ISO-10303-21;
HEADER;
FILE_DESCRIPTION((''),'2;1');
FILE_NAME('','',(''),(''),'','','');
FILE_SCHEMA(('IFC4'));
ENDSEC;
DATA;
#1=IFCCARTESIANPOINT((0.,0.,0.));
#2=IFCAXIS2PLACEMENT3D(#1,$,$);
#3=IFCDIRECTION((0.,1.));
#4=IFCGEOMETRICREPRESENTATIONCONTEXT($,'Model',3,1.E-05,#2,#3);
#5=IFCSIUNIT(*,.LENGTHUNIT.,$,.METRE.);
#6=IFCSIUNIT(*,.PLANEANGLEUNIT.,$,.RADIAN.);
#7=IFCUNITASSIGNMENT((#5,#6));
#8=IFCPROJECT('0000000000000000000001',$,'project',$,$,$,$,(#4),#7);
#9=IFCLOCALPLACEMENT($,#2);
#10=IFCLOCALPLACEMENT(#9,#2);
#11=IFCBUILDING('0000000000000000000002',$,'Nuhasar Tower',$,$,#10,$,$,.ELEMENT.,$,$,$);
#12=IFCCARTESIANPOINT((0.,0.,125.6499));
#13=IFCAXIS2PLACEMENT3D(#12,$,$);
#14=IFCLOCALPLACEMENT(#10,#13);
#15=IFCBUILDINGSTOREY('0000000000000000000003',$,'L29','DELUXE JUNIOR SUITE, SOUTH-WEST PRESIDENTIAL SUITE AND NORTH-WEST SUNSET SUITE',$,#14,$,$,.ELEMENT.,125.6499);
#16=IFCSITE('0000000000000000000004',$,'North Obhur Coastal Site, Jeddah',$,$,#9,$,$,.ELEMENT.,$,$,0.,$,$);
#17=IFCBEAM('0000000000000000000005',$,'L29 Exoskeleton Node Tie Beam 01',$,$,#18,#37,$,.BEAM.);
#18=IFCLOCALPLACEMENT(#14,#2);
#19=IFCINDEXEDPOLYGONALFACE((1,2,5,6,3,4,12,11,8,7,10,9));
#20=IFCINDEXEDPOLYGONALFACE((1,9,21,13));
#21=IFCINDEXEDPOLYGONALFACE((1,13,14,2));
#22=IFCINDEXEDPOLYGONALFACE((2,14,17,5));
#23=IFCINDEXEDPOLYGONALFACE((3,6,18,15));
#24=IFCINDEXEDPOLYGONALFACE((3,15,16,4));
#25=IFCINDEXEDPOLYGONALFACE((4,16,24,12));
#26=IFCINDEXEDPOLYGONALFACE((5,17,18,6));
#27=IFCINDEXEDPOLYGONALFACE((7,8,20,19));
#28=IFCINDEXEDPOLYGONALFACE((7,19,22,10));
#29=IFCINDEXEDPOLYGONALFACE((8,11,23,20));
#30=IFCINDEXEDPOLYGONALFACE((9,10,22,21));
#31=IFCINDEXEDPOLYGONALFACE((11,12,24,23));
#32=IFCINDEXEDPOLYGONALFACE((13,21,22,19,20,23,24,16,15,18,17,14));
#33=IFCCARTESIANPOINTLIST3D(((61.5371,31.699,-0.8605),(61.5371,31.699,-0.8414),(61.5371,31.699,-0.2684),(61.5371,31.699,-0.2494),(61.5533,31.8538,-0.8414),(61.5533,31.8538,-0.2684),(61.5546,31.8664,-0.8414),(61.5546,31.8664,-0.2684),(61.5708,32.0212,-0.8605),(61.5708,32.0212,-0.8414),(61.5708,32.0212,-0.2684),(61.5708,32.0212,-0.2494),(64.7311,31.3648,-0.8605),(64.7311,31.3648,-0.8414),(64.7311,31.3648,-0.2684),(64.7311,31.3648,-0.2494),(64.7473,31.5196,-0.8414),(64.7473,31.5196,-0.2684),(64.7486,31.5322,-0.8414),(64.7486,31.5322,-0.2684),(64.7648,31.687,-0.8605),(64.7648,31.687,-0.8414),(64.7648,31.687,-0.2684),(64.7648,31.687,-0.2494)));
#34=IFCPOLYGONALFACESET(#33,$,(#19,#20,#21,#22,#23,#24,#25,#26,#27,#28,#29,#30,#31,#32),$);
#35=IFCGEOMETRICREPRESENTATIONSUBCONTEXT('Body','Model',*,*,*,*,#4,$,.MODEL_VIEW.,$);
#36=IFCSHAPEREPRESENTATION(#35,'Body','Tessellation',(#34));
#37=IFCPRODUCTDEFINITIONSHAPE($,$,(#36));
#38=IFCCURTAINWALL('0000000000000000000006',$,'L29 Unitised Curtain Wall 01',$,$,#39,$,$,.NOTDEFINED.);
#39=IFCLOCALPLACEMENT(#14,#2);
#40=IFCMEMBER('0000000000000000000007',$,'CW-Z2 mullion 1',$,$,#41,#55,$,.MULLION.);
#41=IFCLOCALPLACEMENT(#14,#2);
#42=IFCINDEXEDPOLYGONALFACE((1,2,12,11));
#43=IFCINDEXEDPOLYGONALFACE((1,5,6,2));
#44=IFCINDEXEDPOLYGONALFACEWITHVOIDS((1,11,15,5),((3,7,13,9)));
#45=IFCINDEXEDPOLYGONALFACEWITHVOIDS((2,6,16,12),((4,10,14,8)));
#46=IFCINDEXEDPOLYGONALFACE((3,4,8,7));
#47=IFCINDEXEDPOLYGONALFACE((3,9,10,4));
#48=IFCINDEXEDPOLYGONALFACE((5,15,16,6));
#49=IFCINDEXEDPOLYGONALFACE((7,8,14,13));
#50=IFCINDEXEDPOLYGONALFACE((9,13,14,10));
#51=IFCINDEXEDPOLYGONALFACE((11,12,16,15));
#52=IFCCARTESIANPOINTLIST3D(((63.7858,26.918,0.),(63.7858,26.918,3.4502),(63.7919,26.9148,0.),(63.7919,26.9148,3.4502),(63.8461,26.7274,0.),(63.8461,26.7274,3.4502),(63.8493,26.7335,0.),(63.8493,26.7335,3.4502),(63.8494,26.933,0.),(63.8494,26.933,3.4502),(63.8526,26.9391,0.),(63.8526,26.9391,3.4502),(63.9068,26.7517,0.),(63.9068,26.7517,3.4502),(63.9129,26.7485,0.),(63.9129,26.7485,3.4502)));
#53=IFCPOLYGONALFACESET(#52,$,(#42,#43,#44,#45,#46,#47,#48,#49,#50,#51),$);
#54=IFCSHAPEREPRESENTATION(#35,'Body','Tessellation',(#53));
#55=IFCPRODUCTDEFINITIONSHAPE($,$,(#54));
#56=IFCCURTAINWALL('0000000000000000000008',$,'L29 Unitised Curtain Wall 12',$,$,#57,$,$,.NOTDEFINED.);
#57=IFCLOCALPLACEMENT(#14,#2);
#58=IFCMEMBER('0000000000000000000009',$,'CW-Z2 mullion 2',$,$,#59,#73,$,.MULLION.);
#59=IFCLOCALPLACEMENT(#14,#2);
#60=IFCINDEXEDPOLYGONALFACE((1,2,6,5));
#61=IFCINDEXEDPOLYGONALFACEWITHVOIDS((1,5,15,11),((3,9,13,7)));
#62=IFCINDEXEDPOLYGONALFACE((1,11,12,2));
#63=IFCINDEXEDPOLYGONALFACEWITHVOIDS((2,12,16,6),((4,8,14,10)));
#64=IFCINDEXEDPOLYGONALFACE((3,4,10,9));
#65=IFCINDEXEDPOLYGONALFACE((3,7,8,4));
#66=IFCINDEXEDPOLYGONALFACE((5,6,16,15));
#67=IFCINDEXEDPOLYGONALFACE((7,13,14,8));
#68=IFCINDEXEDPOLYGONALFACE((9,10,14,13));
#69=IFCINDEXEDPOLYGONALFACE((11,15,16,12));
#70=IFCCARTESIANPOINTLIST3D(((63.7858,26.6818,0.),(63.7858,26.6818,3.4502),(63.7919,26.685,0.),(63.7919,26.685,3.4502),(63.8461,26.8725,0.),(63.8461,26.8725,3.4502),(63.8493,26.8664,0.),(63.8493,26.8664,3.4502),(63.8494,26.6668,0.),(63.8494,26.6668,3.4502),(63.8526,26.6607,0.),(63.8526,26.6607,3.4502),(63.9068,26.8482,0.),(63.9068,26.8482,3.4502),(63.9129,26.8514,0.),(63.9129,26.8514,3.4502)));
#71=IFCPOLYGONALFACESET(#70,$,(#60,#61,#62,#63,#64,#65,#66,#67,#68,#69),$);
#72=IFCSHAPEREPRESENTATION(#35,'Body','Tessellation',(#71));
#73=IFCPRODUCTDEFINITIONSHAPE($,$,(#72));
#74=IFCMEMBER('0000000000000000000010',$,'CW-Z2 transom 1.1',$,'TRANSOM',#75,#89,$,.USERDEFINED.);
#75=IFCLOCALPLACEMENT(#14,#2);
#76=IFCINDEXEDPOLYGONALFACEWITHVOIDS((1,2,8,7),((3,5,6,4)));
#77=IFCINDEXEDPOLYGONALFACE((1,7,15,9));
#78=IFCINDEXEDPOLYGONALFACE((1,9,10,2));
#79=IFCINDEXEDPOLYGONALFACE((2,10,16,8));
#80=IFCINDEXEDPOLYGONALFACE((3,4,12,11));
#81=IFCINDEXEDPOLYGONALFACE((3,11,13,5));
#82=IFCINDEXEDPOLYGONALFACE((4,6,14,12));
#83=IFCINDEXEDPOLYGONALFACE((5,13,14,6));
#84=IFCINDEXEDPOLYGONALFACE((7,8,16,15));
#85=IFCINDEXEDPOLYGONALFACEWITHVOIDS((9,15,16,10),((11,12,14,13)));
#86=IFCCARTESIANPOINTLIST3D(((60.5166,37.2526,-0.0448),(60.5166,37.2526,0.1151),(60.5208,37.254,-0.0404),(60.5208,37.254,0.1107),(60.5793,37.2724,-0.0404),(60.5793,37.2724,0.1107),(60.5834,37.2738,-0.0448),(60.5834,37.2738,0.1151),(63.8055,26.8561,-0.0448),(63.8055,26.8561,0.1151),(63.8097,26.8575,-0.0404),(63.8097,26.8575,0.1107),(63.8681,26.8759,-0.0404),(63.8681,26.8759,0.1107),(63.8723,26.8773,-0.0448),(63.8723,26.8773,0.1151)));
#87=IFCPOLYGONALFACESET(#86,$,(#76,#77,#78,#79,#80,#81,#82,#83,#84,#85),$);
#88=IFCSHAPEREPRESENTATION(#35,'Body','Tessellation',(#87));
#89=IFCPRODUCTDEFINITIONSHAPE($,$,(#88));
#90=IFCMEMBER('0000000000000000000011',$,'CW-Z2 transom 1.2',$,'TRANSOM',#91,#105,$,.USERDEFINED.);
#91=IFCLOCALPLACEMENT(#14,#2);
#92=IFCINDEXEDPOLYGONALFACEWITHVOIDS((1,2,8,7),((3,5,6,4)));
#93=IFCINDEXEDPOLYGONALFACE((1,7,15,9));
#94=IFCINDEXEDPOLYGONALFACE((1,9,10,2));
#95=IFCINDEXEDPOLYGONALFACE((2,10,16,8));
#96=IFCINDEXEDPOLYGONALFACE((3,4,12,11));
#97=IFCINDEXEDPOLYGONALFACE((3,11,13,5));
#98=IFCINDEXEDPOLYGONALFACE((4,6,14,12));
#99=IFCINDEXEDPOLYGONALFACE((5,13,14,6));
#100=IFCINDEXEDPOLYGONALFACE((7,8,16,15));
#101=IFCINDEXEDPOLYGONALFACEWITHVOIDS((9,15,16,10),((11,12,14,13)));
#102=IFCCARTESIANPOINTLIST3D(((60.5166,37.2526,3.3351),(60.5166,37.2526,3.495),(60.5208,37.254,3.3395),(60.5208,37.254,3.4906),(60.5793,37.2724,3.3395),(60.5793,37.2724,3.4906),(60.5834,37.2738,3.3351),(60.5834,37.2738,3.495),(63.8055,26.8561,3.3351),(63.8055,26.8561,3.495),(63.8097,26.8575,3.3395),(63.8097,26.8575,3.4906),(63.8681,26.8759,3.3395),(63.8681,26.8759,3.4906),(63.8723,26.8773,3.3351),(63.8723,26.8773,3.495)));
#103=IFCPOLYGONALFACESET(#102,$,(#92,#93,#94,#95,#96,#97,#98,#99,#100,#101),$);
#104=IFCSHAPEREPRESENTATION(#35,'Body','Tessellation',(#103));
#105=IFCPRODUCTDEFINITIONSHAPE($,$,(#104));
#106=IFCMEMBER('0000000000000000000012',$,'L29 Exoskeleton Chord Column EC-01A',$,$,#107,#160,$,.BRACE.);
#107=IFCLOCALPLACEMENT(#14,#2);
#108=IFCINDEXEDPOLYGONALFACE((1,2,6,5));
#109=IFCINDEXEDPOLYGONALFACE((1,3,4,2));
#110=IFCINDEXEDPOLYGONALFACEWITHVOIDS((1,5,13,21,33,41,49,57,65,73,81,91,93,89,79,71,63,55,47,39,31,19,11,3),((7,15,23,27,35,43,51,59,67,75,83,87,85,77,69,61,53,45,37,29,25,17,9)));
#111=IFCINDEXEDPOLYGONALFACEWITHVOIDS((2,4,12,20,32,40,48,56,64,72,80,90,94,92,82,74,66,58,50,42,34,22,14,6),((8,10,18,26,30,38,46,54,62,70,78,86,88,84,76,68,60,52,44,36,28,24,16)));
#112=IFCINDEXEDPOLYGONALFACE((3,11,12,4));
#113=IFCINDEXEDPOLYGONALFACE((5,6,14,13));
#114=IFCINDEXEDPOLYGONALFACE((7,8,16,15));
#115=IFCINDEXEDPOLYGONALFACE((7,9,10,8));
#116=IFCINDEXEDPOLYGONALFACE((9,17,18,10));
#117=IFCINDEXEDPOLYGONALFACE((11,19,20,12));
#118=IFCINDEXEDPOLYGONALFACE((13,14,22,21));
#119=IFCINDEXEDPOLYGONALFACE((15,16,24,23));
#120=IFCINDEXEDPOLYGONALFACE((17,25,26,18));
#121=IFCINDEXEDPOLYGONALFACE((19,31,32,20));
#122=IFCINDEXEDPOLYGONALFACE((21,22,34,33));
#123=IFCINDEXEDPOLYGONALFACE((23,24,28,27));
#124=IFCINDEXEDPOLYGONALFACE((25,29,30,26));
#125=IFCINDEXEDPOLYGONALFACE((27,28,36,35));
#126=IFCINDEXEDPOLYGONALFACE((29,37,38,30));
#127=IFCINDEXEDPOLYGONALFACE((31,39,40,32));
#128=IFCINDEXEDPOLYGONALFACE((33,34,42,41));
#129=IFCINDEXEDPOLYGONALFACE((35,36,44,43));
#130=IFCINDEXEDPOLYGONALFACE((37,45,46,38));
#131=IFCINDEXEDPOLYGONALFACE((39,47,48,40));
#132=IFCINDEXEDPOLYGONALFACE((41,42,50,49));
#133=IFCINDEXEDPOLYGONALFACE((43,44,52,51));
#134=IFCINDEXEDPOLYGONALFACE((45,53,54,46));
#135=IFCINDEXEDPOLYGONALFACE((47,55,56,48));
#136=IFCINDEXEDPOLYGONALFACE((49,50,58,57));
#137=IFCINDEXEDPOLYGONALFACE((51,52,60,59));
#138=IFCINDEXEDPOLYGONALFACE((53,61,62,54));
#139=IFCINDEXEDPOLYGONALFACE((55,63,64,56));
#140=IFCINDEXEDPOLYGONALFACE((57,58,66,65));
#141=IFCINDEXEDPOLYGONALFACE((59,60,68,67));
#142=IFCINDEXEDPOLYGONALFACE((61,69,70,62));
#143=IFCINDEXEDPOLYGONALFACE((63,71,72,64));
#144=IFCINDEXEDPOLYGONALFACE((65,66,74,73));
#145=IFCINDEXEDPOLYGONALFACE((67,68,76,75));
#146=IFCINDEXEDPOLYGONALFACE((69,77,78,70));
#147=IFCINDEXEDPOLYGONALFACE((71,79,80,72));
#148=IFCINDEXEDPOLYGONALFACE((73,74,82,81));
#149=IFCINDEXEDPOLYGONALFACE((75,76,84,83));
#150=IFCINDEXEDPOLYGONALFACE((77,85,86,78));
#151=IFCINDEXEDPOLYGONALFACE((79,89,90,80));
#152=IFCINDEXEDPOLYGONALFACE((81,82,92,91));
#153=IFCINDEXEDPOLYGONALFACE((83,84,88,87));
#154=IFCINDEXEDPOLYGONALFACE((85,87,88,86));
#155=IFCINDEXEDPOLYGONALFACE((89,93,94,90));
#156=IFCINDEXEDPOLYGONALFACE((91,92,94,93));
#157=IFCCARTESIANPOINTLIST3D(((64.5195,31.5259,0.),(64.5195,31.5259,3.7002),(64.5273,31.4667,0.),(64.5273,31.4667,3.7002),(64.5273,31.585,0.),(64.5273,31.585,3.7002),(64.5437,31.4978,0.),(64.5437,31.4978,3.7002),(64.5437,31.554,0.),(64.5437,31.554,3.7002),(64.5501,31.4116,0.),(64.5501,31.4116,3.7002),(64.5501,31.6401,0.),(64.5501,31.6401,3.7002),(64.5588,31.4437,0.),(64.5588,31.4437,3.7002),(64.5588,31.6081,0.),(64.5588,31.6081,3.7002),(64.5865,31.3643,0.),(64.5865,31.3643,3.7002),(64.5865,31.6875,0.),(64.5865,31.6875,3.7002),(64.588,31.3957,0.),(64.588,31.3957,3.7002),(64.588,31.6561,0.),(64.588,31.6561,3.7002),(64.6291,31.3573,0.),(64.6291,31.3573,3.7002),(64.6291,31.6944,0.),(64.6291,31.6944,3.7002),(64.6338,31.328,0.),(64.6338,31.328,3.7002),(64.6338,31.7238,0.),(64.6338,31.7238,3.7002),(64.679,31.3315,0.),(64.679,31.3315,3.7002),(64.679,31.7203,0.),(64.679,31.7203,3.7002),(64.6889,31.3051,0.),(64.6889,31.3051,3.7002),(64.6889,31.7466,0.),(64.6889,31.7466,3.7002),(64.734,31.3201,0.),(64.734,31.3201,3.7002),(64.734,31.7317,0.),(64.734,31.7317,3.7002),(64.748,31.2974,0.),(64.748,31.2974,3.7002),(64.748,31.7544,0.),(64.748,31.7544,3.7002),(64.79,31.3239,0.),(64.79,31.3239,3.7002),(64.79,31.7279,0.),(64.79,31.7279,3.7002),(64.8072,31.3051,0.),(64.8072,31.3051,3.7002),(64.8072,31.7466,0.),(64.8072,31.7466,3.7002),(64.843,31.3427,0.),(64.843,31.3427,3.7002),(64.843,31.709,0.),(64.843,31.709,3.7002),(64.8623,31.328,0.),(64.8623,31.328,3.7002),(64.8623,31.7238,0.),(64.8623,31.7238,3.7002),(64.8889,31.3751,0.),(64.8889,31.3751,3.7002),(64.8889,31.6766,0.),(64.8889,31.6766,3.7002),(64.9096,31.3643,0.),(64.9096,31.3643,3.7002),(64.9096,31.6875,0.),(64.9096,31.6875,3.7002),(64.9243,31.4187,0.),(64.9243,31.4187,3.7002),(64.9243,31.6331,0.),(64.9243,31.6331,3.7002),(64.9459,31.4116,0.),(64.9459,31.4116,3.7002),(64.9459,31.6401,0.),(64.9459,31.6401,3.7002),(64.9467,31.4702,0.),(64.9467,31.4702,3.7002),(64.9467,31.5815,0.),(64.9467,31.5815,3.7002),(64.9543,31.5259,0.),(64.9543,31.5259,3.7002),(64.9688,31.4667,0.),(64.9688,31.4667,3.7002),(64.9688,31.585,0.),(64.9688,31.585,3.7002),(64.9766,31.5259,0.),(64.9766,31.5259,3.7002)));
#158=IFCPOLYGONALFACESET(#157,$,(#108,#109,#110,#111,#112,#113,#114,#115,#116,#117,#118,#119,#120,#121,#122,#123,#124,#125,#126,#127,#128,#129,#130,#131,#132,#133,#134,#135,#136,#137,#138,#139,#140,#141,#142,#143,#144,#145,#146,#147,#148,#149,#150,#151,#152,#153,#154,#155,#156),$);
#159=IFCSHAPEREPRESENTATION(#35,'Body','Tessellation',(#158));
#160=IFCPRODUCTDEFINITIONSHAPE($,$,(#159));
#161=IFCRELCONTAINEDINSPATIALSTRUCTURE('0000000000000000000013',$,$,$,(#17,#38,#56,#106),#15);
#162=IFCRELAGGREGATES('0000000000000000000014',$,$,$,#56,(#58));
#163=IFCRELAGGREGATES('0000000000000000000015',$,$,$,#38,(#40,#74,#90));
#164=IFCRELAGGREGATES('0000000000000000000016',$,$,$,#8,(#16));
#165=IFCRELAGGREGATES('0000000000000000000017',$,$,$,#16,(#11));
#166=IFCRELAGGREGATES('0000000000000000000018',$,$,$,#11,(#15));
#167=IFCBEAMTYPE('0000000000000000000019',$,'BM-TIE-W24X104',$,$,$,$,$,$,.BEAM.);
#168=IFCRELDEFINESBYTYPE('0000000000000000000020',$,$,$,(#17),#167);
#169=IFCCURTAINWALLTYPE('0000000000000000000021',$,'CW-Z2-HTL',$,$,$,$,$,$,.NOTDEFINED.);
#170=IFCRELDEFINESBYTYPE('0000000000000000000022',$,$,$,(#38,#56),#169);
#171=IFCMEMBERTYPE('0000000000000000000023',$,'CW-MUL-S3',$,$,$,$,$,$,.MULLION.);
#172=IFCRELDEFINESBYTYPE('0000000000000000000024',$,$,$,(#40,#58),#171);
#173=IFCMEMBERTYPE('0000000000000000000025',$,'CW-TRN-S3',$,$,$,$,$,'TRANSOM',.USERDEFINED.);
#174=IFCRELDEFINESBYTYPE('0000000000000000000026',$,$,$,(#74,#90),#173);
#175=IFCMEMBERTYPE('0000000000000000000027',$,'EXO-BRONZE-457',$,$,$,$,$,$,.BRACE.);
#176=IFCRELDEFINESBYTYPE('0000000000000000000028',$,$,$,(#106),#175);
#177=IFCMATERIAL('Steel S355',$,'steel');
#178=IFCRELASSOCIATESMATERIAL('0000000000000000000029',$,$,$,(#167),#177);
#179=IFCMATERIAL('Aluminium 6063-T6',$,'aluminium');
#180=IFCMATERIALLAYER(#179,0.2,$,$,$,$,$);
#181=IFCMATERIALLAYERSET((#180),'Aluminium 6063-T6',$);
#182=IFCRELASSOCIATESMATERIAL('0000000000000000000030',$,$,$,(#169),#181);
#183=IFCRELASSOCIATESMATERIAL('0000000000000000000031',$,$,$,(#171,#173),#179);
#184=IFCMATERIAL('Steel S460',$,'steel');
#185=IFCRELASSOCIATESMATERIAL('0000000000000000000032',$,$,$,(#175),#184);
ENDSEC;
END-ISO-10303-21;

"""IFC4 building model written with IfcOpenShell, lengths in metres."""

from ifc_helpers import new_model, si_unit, direction, frame, origin, origin_2d, place, context, subcontext, project, spatial, hollow_rectangle, hollow_circle, i_section, extrude, material, layer, layer_set, material_profile, profile_set, type_object, element, aggregate, save


model = new_model("IFC4")

# Units and contexts
model_context = context("Model", 3, precision=1e-05, world=origin(), true_north=direction((0.0, 1.0)))
body_context = subcontext(model_context, "Body", "Model", "MODEL_VIEW")
ifc_project = project(units=[si_unit("LENGTHUNIT", "METRE"), si_unit("PLANEANGLEUNIT", "RADIAN")], contexts=[model_context])

# Site, building, storey
site_placement = place(None, origin())
site = spatial("IfcSite", under=ifc_project, at=site_placement, Name="North Obhur Coastal Site, Jeddah", CompositionType="ELEMENT", RefElevation=0.0)
building_placement = place(site_placement, origin())
building = spatial("IfcBuilding", under=site, at=building_placement, Name="Nuhasar Tower", CompositionType="ELEMENT")
storey_placement = place(building_placement, frame((0.0, 0.0, 125.6499)))
storey = spatial("IfcBuildingStorey", under=building, at=storey_placement, Name="L29", Description="DELUXE JUNIOR SUITE, SOUTH-WEST PRESIDENTIAL SUITE AND NORTH-WEST SUNSET SUITE", CompositionType="ELEMENT", Elevation=125.6499)

# Beam
ifc_material_1 = material(Name="Steel S355", Category="steel")
ifc_material_profile_1 = material_profile(ifc_material_1, i_section(OverallWidth=0.324, OverallDepth=0.6111, WebThickness=0.0127, FlangeThickness=0.019, at=origin_2d()), Name="W24X104")
ifc_profile_set_1 = profile_set([ifc_material_profile_1], Name="Steel S355")
beam_type_1 = type_object("IfcBeamType", Name="BM-TIE-W24X104", PredefinedType="BEAM", material=ifc_profile_set_1)
beam_1_placement = place(storey_placement, frame((61.554, 31.8601, -0.5549), z_axis=(0.99457, -0.104071, 0.0), x_axis=(0.104071, 0.99457, 0.0)))
element("IfcBeam", 1, at=beam_1_placement, inside=storey, type_object=beam_type_1, Name="L29 Exoskeleton Node Tie Beam 01", PredefinedType="BEAM", context=body_context, shape_type="SweptSolid", body=[
    extrude(i_section(OverallWidth=0.324, OverallDepth=0.6111, WebThickness=0.0127, FlangeThickness=0.019, at=origin_2d()), origin(), (0.0, 0.0, 1.0), 3.2114),
])

# Curtain walls, members
ifc_material_2 = material(Name="Aluminium 6063-T6", Category="aluminium")
ifc_layer_1 = layer(ifc_material_2, 0.2)
ifc_layer_set_1 = layer_set([ifc_layer_1], Name="Aluminium 6063-T6")
curtain_wall_type = type_object("IfcCurtainWallType", Name="CW-Z2-HTL", PredefinedType="NOTDEFINED", material=ifc_layer_set_1)
curtain_wall_1_placement = place(storey_placement, origin())
curtain_wall_1 = element("IfcCurtainWall", 2, at=curtain_wall_1_placement, inside=storey, type_object=curtain_wall_type, Name="L29 Unitised Curtain Wall 01", PredefinedType="NOTDEFINED")
ifc_material_profile_2 = material_profile(ifc_material_2, hollow_rectangle(XDim=0.0701, YDim=0.2, WallThickness=0.0049, at=origin_2d()), Name="CWM-3")
ifc_profile_set_2 = profile_set([ifc_material_profile_2], Name="Aluminium 6063-T6")
member_type_1 = type_object("IfcMemberType", Name="CW-MUL-S3", PredefinedType="MULLION", material=ifc_profile_set_2)
member_1_placement = place(storey_placement, frame((63.8494, 26.8333, 0.0), z_axis=(0.0, 0.0, 1.0), x_axis=(-0.953433, -0.301604, 0.0)))
member_1 = element("IfcMember", 3, at=member_1_placement, type_object=member_type_1, Name="CW-Z2 mullion 1", PredefinedType="MULLION", context=body_context, shape_type="SweptSolid", body=[
    extrude(hollow_rectangle(XDim=0.0701, YDim=0.2, WallThickness=0.0049, at=origin_2d()), origin(), (0.0, 0.0, 1.0), 3.4502),
])
curtain_wall_2_placement = place(storey_placement, origin())
curtain_wall_2 = element("IfcCurtainWall", 4, at=curtain_wall_2_placement, inside=storey, type_object=curtain_wall_type, Name="L29 Unitised Curtain Wall 12", PredefinedType="NOTDEFINED")
member_2_placement = place(storey_placement, frame((63.8494, 26.7666, 0.0), z_axis=(0.0, 0.0, 1.0), x_axis=(-0.953433, 0.301604, 0.0)))
member_2 = element("IfcMember", 5, at=member_2_placement, type_object=member_type_1, Name="CW-Z2 mullion 2", PredefinedType="MULLION", context=body_context, shape_type="SweptSolid", body=[
    extrude(hollow_rectangle(XDim=0.0701, YDim=0.2, WallThickness=0.0049, at=origin_2d()), origin(), (0.0, 0.0, 1.0), 3.4502),
])
aggregate(curtain_wall_2, [member_2])

# Members
ifc_material_profile_3 = material_profile(ifc_material_2, hollow_rectangle(XDim=0.0701, YDim=0.1599, WallThickness=0.0044, at=origin_2d()), Name="CWT-3")
ifc_profile_set_3 = profile_set([ifc_material_profile_3], Name="Aluminium 6063-T6")
member_type_2 = type_object("IfcMemberType", Name="CW-TRN-S3", ElementType="TRANSOM", PredefinedType="USERDEFINED", material=ifc_profile_set_3)
member_3_placement = place(storey_placement, frame((63.8389, 26.8667, 0.0352), z_axis=(-0.301608, 0.953432, 0.0), x_axis=(-0.953432, -0.301608, 0.0)))
member_3 = element("IfcMember", 6, at=member_3_placement, type_object=member_type_2, Name="CW-Z2 transom 1.1", ObjectType="TRANSOM", PredefinedType="USERDEFINED", context=body_context, shape_type="SweptSolid", body=[
    extrude(hollow_rectangle(XDim=0.0701, YDim=0.1599, WallThickness=0.0044, at=origin_2d()), origin(), (0.0, 0.0, 1.0), 10.9043),
])
member_4_placement = place(storey_placement, frame((63.8389, 26.8667, 3.415), z_axis=(-0.301608, 0.953432, 0.0), x_axis=(-0.953432, -0.301608, 0.0)))
member_4 = element("IfcMember", 7, at=member_4_placement, type_object=member_type_2, Name="CW-Z2 transom 1.2", ObjectType="TRANSOM", PredefinedType="USERDEFINED", context=body_context, shape_type="SweptSolid", body=[
    extrude(hollow_rectangle(XDim=0.0701, YDim=0.1599, WallThickness=0.0044, at=origin_2d()), origin(), (0.0, 0.0, 1.0), 10.9043),
])

# Member
ifc_material_3 = material(Name="Steel S460", Category="steel")
ifc_material_profile_4 = material_profile(ifc_material_3, hollow_circle(Radius=0.2285, WallThickness=0.0222, at=origin_2d()), Name="HSS457X22.2")
ifc_profile_set_4 = profile_set([ifc_material_profile_4], Name="Steel S460")
member_type_3 = type_object("IfcMemberType", Name="EXO-BRONZE-457", PredefinedType="BRACE", material=ifc_profile_set_4)
for number, where, z_axis, x_axis, name in (
    (8, (64.748, 31.5259, 0.0), (0.0, 0.0, 1.0), (1.0, 0.0, 0.0), "L29 Exoskeleton Chord Column EC-01A"),
):
    element("IfcMember", number, at=place(storey_placement, frame(where, z_axis=z_axis, x_axis=x_axis)), inside=storey, type_object=member_type_3, Name=name, PredefinedType="BRACE", context=body_context, shape_type="SweptSolid", body=[
        extrude(hollow_circle(Radius=0.2285, WallThickness=0.0222, at=origin_2d()), origin(), (0.0, 0.0, 1.0), 3.7002),
    ])

aggregate(curtain_wall_1, [member_1, member_3, member_4])

save(model, "model.ifc")
